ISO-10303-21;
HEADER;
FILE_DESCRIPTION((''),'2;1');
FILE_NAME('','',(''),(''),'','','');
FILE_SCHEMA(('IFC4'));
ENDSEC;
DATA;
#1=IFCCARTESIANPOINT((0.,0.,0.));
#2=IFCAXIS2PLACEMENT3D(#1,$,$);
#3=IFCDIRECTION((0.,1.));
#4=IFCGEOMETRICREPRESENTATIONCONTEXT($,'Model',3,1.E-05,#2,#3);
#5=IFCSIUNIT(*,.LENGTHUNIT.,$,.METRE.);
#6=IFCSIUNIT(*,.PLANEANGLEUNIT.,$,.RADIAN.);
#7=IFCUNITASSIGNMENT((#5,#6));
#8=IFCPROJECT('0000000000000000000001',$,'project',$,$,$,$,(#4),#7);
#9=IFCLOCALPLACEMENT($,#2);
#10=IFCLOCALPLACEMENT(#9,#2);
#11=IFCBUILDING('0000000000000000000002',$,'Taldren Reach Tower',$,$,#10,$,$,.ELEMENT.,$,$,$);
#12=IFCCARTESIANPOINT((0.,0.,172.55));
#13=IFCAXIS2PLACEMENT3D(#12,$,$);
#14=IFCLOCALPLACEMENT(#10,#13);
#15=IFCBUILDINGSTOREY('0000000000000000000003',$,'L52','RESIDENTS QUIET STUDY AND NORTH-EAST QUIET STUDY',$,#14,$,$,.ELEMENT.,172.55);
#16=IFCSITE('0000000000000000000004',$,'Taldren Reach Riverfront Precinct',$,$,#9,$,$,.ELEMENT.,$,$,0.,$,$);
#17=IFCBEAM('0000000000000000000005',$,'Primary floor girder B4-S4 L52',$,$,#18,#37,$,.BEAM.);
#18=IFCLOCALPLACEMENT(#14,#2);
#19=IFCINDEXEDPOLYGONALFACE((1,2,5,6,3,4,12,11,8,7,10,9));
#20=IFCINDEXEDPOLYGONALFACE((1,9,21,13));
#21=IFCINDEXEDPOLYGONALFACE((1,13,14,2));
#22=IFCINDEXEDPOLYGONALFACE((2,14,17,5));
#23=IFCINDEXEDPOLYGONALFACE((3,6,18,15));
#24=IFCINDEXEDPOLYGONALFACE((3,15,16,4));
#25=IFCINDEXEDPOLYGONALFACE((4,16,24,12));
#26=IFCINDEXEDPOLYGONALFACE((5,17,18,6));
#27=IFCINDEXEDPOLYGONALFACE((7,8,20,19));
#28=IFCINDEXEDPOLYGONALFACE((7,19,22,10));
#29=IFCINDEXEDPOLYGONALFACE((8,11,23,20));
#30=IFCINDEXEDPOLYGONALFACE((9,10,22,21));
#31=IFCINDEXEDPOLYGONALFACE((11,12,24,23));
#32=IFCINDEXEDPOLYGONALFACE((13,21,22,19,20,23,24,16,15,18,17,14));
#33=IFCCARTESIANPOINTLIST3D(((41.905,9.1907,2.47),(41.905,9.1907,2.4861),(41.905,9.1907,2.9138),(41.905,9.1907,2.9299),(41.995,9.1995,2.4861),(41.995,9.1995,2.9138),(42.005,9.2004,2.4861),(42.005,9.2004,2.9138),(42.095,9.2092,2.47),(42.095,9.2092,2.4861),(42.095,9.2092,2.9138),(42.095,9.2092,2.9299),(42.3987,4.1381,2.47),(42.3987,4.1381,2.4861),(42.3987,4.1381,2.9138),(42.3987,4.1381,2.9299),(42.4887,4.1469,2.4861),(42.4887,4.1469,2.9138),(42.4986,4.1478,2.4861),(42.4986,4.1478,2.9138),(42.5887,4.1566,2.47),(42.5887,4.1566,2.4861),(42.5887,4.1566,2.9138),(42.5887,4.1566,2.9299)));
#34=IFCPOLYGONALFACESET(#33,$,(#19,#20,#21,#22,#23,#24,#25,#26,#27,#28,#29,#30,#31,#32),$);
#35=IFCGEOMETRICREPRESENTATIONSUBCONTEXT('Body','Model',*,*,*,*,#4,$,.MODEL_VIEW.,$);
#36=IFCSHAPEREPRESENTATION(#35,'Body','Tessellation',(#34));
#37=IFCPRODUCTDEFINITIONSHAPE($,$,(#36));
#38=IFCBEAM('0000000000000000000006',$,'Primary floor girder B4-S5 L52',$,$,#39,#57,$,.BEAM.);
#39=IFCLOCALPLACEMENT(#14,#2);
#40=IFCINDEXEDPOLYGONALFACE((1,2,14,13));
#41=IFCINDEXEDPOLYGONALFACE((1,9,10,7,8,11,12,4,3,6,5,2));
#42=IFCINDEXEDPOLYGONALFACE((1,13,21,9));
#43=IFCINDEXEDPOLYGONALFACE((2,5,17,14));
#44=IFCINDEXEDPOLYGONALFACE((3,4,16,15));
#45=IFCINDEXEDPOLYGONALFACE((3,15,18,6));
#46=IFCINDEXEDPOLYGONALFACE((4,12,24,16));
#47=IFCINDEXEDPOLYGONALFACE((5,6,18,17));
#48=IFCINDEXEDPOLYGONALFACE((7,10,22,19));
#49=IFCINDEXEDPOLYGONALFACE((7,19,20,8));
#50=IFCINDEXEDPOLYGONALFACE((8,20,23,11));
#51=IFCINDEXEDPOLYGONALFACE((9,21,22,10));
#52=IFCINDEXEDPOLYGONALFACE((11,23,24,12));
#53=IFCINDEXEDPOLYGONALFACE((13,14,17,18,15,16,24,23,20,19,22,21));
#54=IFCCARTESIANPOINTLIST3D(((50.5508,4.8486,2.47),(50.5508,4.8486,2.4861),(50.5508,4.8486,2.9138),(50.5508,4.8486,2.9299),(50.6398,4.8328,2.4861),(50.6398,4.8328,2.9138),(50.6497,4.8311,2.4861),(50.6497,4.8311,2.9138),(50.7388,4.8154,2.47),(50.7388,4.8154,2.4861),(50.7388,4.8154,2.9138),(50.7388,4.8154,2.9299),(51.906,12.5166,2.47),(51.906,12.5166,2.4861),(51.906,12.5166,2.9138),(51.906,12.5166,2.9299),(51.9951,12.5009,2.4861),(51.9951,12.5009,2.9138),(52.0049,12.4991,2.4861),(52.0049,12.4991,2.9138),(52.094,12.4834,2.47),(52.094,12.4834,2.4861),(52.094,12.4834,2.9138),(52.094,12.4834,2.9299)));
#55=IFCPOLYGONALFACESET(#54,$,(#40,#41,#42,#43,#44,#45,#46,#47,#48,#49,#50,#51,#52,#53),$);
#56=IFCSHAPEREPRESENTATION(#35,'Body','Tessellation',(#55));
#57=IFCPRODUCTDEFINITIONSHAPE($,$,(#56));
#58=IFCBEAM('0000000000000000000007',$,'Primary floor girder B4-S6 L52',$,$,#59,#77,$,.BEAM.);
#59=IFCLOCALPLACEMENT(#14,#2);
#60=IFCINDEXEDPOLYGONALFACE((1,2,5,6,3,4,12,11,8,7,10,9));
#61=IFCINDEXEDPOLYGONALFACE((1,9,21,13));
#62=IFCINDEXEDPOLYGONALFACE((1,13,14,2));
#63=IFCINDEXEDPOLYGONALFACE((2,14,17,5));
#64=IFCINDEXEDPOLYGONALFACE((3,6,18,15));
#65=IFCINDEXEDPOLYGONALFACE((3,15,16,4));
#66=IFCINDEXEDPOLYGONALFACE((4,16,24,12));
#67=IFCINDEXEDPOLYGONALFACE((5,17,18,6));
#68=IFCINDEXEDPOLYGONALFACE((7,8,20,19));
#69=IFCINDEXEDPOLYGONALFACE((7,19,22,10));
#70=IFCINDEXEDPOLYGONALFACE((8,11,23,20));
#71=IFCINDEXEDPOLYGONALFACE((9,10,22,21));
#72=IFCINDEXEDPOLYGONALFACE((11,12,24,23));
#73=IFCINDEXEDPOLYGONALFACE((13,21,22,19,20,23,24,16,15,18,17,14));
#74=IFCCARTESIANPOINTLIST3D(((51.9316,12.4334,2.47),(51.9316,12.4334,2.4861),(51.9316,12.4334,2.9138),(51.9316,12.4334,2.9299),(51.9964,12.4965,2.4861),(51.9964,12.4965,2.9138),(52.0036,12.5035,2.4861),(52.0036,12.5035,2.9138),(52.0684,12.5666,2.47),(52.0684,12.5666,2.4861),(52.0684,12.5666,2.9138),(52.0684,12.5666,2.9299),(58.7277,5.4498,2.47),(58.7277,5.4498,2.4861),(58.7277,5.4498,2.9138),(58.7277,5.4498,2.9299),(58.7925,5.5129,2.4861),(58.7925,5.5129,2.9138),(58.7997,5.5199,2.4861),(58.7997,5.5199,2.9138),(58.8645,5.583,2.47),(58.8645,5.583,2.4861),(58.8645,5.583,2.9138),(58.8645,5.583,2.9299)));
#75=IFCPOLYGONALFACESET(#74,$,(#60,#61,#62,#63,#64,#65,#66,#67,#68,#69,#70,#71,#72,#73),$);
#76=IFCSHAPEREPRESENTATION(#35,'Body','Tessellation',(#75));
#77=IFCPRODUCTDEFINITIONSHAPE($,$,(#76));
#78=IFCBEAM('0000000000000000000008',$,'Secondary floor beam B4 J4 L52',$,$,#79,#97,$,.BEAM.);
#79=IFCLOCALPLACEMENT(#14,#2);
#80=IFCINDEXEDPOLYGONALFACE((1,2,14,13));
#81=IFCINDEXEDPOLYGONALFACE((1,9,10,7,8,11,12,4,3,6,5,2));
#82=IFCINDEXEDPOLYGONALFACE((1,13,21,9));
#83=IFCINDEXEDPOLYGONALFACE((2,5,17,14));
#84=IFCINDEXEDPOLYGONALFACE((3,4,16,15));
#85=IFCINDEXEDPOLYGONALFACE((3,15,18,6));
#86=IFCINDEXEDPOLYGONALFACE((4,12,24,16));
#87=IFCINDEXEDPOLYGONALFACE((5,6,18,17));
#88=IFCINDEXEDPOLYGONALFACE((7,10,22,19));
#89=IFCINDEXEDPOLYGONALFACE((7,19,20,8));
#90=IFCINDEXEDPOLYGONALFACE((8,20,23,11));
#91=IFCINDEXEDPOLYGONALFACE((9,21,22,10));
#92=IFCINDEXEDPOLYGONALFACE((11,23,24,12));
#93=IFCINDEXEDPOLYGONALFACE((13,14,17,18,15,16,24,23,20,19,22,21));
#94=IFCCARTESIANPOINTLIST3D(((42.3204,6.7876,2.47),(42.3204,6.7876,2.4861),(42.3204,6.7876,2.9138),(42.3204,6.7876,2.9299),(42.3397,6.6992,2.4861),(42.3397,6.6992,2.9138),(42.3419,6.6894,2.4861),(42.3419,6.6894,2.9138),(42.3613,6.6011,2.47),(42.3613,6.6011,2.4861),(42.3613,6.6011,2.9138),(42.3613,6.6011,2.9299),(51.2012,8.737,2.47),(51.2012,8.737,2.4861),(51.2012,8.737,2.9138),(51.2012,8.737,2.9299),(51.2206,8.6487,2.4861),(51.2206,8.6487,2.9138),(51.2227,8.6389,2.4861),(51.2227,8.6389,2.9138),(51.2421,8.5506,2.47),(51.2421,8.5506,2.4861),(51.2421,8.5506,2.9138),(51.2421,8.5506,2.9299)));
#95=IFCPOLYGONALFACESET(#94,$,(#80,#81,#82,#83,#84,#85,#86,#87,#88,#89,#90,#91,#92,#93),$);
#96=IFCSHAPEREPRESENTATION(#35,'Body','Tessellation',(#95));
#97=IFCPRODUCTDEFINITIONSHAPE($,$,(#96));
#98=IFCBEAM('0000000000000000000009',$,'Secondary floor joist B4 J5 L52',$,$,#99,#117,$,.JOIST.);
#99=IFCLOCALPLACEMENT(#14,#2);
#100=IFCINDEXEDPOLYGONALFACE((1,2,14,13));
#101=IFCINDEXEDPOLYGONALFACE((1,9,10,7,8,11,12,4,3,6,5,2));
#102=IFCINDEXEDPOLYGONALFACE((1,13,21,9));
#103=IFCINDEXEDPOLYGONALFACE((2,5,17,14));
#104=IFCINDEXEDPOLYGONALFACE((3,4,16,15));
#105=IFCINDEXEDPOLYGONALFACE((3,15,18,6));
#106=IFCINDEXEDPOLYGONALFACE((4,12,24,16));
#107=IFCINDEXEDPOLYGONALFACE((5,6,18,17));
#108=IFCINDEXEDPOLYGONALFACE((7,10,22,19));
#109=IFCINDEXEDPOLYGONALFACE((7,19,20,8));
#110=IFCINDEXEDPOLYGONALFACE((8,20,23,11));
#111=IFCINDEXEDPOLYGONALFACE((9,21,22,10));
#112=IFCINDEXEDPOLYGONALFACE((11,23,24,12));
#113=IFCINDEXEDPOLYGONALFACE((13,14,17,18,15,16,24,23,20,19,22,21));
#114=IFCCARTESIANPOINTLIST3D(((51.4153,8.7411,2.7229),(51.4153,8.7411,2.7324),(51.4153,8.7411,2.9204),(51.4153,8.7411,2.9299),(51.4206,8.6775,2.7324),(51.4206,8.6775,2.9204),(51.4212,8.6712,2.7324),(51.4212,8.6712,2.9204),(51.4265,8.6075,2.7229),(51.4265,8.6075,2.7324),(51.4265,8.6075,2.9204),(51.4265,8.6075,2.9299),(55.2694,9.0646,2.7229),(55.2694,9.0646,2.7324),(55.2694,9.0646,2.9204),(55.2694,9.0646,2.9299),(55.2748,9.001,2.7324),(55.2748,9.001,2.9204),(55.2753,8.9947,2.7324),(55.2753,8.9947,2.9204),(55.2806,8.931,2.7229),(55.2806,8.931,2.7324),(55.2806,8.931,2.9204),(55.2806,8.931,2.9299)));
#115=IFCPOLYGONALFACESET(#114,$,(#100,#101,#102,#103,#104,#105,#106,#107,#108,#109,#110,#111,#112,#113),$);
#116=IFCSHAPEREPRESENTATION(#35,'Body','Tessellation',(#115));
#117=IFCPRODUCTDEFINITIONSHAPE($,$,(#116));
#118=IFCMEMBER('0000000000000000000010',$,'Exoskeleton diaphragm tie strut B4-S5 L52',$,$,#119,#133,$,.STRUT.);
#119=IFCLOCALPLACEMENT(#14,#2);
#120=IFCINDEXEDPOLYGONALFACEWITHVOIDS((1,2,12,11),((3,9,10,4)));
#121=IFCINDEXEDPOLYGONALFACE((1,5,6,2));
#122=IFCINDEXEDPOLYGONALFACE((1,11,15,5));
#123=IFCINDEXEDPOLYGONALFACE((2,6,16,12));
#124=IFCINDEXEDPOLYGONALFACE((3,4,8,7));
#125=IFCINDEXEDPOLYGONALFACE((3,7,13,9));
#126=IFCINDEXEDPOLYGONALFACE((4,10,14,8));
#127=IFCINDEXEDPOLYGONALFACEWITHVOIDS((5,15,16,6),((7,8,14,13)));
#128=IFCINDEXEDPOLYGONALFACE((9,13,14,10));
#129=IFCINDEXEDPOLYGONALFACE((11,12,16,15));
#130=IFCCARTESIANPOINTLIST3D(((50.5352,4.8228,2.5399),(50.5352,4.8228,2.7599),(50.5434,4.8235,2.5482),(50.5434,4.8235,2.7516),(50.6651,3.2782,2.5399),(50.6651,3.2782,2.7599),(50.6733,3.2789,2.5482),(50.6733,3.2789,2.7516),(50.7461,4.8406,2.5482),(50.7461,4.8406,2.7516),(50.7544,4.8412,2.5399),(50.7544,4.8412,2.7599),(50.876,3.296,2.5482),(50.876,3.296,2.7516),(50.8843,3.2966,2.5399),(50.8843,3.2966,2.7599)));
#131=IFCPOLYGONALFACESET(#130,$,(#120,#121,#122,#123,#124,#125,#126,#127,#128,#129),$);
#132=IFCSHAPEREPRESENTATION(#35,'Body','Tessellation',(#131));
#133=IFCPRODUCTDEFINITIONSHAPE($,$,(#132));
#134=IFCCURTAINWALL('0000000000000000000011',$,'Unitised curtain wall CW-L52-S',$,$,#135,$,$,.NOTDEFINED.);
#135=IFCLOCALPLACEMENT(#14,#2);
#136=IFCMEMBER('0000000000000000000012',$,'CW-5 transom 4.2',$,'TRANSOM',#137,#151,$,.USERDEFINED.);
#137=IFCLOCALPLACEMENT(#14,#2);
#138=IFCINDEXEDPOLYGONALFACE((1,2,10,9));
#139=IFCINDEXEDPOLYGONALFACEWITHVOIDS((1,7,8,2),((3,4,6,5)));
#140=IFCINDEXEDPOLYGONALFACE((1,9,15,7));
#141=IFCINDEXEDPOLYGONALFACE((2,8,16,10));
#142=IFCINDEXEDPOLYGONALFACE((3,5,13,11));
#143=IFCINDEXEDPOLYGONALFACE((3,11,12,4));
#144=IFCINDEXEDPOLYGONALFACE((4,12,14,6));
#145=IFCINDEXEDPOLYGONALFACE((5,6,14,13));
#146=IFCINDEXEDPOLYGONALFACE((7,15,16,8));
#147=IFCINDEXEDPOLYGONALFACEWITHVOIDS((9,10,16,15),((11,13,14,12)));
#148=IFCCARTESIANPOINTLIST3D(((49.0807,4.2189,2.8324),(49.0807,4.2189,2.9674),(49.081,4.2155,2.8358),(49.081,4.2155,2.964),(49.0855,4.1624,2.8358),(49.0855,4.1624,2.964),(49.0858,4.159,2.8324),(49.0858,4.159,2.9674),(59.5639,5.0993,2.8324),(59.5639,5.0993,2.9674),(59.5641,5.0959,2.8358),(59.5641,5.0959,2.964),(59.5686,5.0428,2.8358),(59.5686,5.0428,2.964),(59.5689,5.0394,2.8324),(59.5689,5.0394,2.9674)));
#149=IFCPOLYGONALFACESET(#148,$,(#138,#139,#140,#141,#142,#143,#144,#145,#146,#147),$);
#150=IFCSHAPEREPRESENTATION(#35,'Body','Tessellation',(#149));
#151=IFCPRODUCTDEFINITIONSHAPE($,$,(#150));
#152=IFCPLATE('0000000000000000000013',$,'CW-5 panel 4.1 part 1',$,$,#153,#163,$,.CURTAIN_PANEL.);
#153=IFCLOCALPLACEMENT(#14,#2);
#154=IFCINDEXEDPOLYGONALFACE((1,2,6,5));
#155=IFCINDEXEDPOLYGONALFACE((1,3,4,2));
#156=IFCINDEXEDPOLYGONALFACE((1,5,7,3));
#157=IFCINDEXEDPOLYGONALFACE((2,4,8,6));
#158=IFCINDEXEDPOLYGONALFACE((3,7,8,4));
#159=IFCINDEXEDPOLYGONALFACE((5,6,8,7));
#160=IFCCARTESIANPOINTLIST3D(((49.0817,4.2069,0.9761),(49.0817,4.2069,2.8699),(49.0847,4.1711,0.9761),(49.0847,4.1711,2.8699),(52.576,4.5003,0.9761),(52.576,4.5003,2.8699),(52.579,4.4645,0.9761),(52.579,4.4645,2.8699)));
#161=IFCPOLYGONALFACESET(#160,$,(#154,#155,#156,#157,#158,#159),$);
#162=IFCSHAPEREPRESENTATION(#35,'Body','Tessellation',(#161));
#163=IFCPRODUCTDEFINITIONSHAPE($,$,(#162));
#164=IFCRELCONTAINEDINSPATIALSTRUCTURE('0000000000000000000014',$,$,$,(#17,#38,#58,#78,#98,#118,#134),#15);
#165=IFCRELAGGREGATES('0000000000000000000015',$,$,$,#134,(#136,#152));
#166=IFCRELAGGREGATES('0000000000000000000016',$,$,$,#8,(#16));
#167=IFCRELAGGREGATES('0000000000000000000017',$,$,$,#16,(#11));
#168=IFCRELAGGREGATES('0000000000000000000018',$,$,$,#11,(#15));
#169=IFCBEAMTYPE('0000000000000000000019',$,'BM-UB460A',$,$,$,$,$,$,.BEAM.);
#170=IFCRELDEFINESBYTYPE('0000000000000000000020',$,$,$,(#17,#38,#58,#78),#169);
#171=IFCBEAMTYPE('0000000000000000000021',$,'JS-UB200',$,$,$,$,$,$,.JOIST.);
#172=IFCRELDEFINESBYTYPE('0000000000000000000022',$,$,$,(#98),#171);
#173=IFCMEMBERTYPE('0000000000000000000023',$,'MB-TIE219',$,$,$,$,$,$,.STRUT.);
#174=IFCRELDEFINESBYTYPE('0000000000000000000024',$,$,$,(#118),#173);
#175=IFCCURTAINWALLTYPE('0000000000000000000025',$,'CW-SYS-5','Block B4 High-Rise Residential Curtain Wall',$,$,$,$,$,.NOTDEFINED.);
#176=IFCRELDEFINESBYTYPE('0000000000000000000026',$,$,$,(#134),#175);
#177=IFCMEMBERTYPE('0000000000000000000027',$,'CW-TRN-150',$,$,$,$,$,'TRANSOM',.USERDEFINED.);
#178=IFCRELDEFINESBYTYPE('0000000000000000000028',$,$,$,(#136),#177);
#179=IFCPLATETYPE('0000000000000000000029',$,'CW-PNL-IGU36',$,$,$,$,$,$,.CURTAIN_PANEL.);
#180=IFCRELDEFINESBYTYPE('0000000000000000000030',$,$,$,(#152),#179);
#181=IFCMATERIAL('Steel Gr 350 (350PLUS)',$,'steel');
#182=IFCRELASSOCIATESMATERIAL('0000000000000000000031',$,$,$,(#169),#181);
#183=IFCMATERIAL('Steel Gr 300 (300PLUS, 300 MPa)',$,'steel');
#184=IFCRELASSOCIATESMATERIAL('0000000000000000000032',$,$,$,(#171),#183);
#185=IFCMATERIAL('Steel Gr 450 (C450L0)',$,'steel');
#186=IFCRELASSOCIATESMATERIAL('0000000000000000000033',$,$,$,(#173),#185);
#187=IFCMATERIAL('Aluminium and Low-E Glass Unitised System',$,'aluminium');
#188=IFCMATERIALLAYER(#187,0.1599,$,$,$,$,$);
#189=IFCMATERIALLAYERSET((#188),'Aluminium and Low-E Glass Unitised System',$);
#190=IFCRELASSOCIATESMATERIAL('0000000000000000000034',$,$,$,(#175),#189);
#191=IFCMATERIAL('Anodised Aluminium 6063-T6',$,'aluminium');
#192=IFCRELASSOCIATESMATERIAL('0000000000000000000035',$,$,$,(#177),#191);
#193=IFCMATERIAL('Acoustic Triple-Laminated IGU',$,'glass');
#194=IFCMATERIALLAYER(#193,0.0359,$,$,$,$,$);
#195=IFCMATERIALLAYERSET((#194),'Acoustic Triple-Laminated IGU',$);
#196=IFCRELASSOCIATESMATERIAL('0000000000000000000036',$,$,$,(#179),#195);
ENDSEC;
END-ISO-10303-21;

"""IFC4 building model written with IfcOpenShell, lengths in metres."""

from ifc_helpers import new_model, si_unit, direction, frame, origin, origin_2d, place, context, subcontext, project, spatial, rectangle, hollow_rectangle, i_section, extrude, source, transform, mapped, material, layer, layer_set, material_profile, profile_set, type_object, element, aggregate, save


model = new_model("IFC4")

# Units and contexts
model_context = context("Model", 3, precision=1e-05, world=origin(), true_north=direction((0.0, 1.0)))
body_context = subcontext(model_context, "Body", "Model", "MODEL_VIEW")
ifc_project = project(units=[si_unit("LENGTHUNIT", "METRE"), si_unit("PLANEANGLEUNIT", "RADIAN")], contexts=[model_context])

# Site, building, storey
site_placement = place(None, origin())
site = spatial("IfcSite", under=ifc_project, at=site_placement, Name="Taldren Reach Riverfront Precinct", CompositionType="ELEMENT", RefElevation=0.0)
building_placement = place(site_placement, origin())
building = spatial("IfcBuilding", under=site, at=building_placement, Name="Taldren Reach Tower", CompositionType="ELEMENT")
storey_placement = place(building_placement, frame((0.0, 0.0, 172.55)))
storey = spatial("IfcBuildingStorey", under=building, at=storey_placement, Name="L52", Description="RESIDENTS QUIET STUDY AND NORTH-EAST QUIET STUDY", CompositionType="ELEMENT", Elevation=172.55)

# Shared definitions
ifc_material_1 = material(Name="Steel Gr 350 (350PLUS)", Category="steel")

# Beams
ifc_material_profile_1 = material_profile(ifc_material_1, i_section(OverallWidth=0.1909, OverallDepth=0.46, WebThickness=0.01, FlangeThickness=0.0161, at=origin_2d()), Name="460UB82.1")
ifc_profile_set_1 = profile_set([ifc_material_profile_1], Name="Steel Gr 350 (350PLUS)")
beam_type_1 = type_object("IfcBeamType", Name="BM-UB460A", PredefinedType="BEAM", material=ifc_profile_set_1)
shared_shape_1 = source(origin(), body_context, "Body", "SweptSolid", [
    extrude(i_section(OverallWidth=0.1909, OverallDepth=0.46, WebThickness=0.01, FlangeThickness=0.0161, at=origin_2d()), origin(), (0.0, 0.0, 1.0), 5.0767),
])
beam_1_placement = place(storey_placement, frame((42.0, 9.2, 2.7), z_axis=(0.097242, -0.995261, 0.0), x_axis=(0.995261, 0.097242, 0.0)))
element("IfcBeam", 1, at=beam_1_placement, inside=storey, type_object=beam_type_1, Name="Primary floor girder B4-S4 L52", PredefinedType="BEAM", context=body_context, shape_type="MappedRepresentation", body=[
    mapped(shared_shape_1, transform((0.0, 0.0, 0.0), scale=1.0)),
])
shared_shape_2 = source(origin(), body_context, "Body", "SweptSolid", [
    extrude(i_section(OverallWidth=0.1909, OverallDepth=0.46, WebThickness=0.01, FlangeThickness=0.0161, at=origin_2d()), origin(), (0.0, 0.0, 1.0), 7.7869),
])
beam_2_placement = place(storey_placement, frame((52.0, 12.5, 2.7), z_axis=(-0.174041, -0.984738, 0.0), x_axis=(0.984738, -0.174041, 0.0)))
element("IfcBeam", 2, at=beam_2_placement, inside=storey, type_object=beam_type_1, Name="Primary floor girder B4-S5 L52", PredefinedType="BEAM", context=body_context, shape_type="MappedRepresentation", body=[
    mapped(shared_shape_2, transform((0.0, 0.0, 0.0), scale=1.0)),
])
shared_shape_3 = source(origin(), body_context, "Body", "SweptSolid", [
    extrude(i_section(OverallWidth=0.1909, OverallDepth=0.46, WebThickness=0.01, FlangeThickness=0.0161, at=origin_2d()), origin(), (0.0, 0.0, 1.0), 9.7446),
])
beam_3_placement = place(storey_placement, frame((52.0, 12.5, 2.7), z_axis=(0.697421, -0.716662, 0.0), x_axis=(0.716662, 0.697421, 0.0)))
element("IfcBeam", 3, at=beam_3_placement, inside=storey, type_object=beam_type_1, Name="Primary floor girder B4-S6 L52", PredefinedType="BEAM", context=body_context, shape_type="MappedRepresentation", body=[
    mapped(shared_shape_3, transform((0.0, 0.0, 0.0), scale=1.0)),
])
shared_shape_4 = source(origin(), body_context, "Body", "SweptSolid", [
    extrude(i_section(OverallWidth=0.1909, OverallDepth=0.46, WebThickness=0.01, FlangeThickness=0.0161, at=origin_2d()), origin(), (0.0, 0.0, 1.0), 9.0923),
])
beam_4_placement = place(storey_placement, frame((42.3408, 6.6943, 2.7), z_axis=(0.976744, 0.214408, 0.0), x_axis=(-0.214408, 0.976744, 0.0)))
element("IfcBeam", 4, at=beam_4_placement, inside=storey, type_object=beam_type_1, Name="Secondary floor beam B4 J4 L52", PredefinedType="BEAM", context=body_context, shape_type="MappedRepresentation", body=[
    mapped(shared_shape_4, transform((0.0, 0.0, 0.0), scale=1.0)),
])
ifc_material_2 = material(Name="Steel Gr 300 (300PLUS, 300 MPa)", Category="steel")
ifc_material_profile_2 = material_profile(ifc_material_2, i_section(OverallWidth=0.134, OverallDepth=0.207, WebThickness=0.0063, FlangeThickness=0.0095, at=origin_2d()), Name="200UB29.8")
ifc_profile_set_2 = profile_set([ifc_material_profile_2], Name="Steel Gr 300 (300PLUS, 300 MPa)")
beam_type_2 = type_object("IfcBeamType", Name="JS-UB200", PredefinedType="JOIST", material=ifc_profile_set_2)
shared_shape_5 = source(origin(), body_context, "Body", "SweptSolid", [
    extrude(i_section(OverallWidth=0.134, OverallDepth=0.207, WebThickness=0.0063, FlangeThickness=0.0095, at=origin_2d()), origin(), (0.0, 0.0, 1.0), 3.8677),
])
beam_5_placement = place(storey_placement, frame((51.4209, 8.6743, 2.8264), z_axis=(0.996496, 0.083641, 0.0), x_axis=(-0.083641, 0.996496, 0.0)))
element("IfcBeam", 5, at=beam_5_placement, inside=storey, type_object=beam_type_2, Name="Secondary floor joist B4 J5 L52", PredefinedType="JOIST", context=body_context, shape_type="MappedRepresentation", body=[
    mapped(shared_shape_5, transform((0.0, 0.0, 0.0), scale=1.0)),
])

# Member
ifc_material_3 = material(Name="Steel Gr 450 (C450L0)", Category="steel")
ifc_material_profile_3 = material_profile(ifc_material_3, hollow_rectangle(XDim=0.22, YDim=0.22, WallThickness=0.0083, at=origin_2d()), Name="220x220x8.2SHS")
ifc_profile_set_3 = profile_set([ifc_material_profile_3], Name="Steel Gr 450 (C450L0)")
member_type_1 = type_object("IfcMemberType", Name="MB-TIE219", PredefinedType="STRUT", material=ifc_profile_set_3)
shared_shape_6 = source(origin(), body_context, "Body", "SweptSolid", [
    extrude(hollow_rectangle(XDim=0.22, YDim=0.22, WallThickness=0.0083, at=origin_2d()), origin(), (0.0, 0.0, 1.0), 1.55),
])
member_1_placement = place(storey_placement, frame((50.6448, 4.832, 2.6499), z_axis=(0.083788, -0.996484, 0.0), x_axis=(0.996484, 0.083788, 0.0)))
element("IfcMember", 6, at=member_1_placement, inside=storey, type_object=member_type_1, Name="Exoskeleton diaphragm tie strut B4-S5 L52", PredefinedType="STRUT", context=body_context, shape_type="MappedRepresentation", body=[
    mapped(shared_shape_6, transform((0.0, 0.0, 0.0), scale=1.0)),
])

# Curtain wall, member, plate
ifc_material_4 = material(Name="Aluminium and Low-E Glass Unitised System", Category="aluminium")
ifc_layer_1 = layer(ifc_material_4, 0.1599)
ifc_layer_set_1 = layer_set([ifc_layer_1], Name="Aluminium and Low-E Glass Unitised System")
curtain_wall_type = type_object("IfcCurtainWallType", Name="CW-SYS-5", Description="Block B4 High-Rise Residential Curtain Wall", PredefinedType="NOTDEFINED", material=ifc_layer_set_1)
curtain_wall_placement = place(storey_placement, origin())
curtain_wall = element("IfcCurtainWall", 7, at=curtain_wall_placement, inside=storey, type_object=curtain_wall_type, Name="Unitised curtain wall CW-L52-S", PredefinedType="NOTDEFINED")
ifc_material_5 = material(Name="Anodised Aluminium 6063-T6", Category="aluminium")
ifc_material_profile_4 = material_profile(ifc_material_5, hollow_rectangle(XDim=0.0601, YDim=0.135, WallThickness=0.0034, at=origin_2d()), Name="ALU-135x60x3.5RHS")
ifc_profile_set_4 = profile_set([ifc_material_profile_4], Name="Anodised Aluminium 6063-T6")
member_type_2 = type_object("IfcMemberType", Name="CW-TRN-150", ElementType="TRANSOM", PredefinedType="USERDEFINED", material=ifc_profile_set_4)
shared_shape_7 = source(origin(), body_context, "Body", "SweptSolid", [
    extrude(hollow_rectangle(XDim=0.0601, YDim=0.135, WallThickness=0.0034, at=origin_2d()), origin(), (0.0, 0.0, 1.0), 10.52),
])
member_2_placement = place(storey_placement, frame((49.0833, 4.189, 2.8999), z_axis=(0.996492, 0.083685, 0.0), x_axis=(-0.083685, 0.996492, 0.0)))
member_2 = element("IfcMember", 8, at=member_2_placement, type_object=member_type_2, Name="CW-5 transom 4.2", ObjectType="TRANSOM", PredefinedType="USERDEFINED", context=body_context, shape_type="MappedRepresentation", body=[
    mapped(shared_shape_7, transform((0.0, 0.0, 0.0), scale=1.0)),
])
ifc_material_6 = material(Name="Acoustic Triple-Laminated IGU", Category="glass")
ifc_layer_2 = layer(ifc_material_6, 0.0359)
ifc_layer_set_2 = layer_set([ifc_layer_2], Name="Acoustic Triple-Laminated IGU")
plate_type = type_object("IfcPlateType", Name="CW-PNL-IGU36", PredefinedType="CURTAIN_PANEL", material=ifc_layer_set_2)
shared_shape_8 = source(origin(), body_context, "Body", "SweptSolid", [
    extrude(rectangle(XDim=3.5066, YDim=0.0359, at=origin_2d()), origin(), (0.0, 0.0, 1.0), 1.8938),
])
plate_placement = place(storey_placement, frame((50.8303, 4.3357, 0.9761), z_axis=(0.0, 0.0, 1.0), x_axis=(0.996493, 0.083678, 0.0)))
plate = element("IfcPlate", 9, at=plate_placement, type_object=plate_type, Name="CW-5 panel 4.1 part 1", PredefinedType="CURTAIN_PANEL", context=body_context, shape_type="MappedRepresentation", body=[
    mapped(shared_shape_8, transform((0.0, 0.0, 0.0), scale=1.0)),
])
aggregate(curtain_wall, [member_2, plate])

save(model, "model.ifc")
